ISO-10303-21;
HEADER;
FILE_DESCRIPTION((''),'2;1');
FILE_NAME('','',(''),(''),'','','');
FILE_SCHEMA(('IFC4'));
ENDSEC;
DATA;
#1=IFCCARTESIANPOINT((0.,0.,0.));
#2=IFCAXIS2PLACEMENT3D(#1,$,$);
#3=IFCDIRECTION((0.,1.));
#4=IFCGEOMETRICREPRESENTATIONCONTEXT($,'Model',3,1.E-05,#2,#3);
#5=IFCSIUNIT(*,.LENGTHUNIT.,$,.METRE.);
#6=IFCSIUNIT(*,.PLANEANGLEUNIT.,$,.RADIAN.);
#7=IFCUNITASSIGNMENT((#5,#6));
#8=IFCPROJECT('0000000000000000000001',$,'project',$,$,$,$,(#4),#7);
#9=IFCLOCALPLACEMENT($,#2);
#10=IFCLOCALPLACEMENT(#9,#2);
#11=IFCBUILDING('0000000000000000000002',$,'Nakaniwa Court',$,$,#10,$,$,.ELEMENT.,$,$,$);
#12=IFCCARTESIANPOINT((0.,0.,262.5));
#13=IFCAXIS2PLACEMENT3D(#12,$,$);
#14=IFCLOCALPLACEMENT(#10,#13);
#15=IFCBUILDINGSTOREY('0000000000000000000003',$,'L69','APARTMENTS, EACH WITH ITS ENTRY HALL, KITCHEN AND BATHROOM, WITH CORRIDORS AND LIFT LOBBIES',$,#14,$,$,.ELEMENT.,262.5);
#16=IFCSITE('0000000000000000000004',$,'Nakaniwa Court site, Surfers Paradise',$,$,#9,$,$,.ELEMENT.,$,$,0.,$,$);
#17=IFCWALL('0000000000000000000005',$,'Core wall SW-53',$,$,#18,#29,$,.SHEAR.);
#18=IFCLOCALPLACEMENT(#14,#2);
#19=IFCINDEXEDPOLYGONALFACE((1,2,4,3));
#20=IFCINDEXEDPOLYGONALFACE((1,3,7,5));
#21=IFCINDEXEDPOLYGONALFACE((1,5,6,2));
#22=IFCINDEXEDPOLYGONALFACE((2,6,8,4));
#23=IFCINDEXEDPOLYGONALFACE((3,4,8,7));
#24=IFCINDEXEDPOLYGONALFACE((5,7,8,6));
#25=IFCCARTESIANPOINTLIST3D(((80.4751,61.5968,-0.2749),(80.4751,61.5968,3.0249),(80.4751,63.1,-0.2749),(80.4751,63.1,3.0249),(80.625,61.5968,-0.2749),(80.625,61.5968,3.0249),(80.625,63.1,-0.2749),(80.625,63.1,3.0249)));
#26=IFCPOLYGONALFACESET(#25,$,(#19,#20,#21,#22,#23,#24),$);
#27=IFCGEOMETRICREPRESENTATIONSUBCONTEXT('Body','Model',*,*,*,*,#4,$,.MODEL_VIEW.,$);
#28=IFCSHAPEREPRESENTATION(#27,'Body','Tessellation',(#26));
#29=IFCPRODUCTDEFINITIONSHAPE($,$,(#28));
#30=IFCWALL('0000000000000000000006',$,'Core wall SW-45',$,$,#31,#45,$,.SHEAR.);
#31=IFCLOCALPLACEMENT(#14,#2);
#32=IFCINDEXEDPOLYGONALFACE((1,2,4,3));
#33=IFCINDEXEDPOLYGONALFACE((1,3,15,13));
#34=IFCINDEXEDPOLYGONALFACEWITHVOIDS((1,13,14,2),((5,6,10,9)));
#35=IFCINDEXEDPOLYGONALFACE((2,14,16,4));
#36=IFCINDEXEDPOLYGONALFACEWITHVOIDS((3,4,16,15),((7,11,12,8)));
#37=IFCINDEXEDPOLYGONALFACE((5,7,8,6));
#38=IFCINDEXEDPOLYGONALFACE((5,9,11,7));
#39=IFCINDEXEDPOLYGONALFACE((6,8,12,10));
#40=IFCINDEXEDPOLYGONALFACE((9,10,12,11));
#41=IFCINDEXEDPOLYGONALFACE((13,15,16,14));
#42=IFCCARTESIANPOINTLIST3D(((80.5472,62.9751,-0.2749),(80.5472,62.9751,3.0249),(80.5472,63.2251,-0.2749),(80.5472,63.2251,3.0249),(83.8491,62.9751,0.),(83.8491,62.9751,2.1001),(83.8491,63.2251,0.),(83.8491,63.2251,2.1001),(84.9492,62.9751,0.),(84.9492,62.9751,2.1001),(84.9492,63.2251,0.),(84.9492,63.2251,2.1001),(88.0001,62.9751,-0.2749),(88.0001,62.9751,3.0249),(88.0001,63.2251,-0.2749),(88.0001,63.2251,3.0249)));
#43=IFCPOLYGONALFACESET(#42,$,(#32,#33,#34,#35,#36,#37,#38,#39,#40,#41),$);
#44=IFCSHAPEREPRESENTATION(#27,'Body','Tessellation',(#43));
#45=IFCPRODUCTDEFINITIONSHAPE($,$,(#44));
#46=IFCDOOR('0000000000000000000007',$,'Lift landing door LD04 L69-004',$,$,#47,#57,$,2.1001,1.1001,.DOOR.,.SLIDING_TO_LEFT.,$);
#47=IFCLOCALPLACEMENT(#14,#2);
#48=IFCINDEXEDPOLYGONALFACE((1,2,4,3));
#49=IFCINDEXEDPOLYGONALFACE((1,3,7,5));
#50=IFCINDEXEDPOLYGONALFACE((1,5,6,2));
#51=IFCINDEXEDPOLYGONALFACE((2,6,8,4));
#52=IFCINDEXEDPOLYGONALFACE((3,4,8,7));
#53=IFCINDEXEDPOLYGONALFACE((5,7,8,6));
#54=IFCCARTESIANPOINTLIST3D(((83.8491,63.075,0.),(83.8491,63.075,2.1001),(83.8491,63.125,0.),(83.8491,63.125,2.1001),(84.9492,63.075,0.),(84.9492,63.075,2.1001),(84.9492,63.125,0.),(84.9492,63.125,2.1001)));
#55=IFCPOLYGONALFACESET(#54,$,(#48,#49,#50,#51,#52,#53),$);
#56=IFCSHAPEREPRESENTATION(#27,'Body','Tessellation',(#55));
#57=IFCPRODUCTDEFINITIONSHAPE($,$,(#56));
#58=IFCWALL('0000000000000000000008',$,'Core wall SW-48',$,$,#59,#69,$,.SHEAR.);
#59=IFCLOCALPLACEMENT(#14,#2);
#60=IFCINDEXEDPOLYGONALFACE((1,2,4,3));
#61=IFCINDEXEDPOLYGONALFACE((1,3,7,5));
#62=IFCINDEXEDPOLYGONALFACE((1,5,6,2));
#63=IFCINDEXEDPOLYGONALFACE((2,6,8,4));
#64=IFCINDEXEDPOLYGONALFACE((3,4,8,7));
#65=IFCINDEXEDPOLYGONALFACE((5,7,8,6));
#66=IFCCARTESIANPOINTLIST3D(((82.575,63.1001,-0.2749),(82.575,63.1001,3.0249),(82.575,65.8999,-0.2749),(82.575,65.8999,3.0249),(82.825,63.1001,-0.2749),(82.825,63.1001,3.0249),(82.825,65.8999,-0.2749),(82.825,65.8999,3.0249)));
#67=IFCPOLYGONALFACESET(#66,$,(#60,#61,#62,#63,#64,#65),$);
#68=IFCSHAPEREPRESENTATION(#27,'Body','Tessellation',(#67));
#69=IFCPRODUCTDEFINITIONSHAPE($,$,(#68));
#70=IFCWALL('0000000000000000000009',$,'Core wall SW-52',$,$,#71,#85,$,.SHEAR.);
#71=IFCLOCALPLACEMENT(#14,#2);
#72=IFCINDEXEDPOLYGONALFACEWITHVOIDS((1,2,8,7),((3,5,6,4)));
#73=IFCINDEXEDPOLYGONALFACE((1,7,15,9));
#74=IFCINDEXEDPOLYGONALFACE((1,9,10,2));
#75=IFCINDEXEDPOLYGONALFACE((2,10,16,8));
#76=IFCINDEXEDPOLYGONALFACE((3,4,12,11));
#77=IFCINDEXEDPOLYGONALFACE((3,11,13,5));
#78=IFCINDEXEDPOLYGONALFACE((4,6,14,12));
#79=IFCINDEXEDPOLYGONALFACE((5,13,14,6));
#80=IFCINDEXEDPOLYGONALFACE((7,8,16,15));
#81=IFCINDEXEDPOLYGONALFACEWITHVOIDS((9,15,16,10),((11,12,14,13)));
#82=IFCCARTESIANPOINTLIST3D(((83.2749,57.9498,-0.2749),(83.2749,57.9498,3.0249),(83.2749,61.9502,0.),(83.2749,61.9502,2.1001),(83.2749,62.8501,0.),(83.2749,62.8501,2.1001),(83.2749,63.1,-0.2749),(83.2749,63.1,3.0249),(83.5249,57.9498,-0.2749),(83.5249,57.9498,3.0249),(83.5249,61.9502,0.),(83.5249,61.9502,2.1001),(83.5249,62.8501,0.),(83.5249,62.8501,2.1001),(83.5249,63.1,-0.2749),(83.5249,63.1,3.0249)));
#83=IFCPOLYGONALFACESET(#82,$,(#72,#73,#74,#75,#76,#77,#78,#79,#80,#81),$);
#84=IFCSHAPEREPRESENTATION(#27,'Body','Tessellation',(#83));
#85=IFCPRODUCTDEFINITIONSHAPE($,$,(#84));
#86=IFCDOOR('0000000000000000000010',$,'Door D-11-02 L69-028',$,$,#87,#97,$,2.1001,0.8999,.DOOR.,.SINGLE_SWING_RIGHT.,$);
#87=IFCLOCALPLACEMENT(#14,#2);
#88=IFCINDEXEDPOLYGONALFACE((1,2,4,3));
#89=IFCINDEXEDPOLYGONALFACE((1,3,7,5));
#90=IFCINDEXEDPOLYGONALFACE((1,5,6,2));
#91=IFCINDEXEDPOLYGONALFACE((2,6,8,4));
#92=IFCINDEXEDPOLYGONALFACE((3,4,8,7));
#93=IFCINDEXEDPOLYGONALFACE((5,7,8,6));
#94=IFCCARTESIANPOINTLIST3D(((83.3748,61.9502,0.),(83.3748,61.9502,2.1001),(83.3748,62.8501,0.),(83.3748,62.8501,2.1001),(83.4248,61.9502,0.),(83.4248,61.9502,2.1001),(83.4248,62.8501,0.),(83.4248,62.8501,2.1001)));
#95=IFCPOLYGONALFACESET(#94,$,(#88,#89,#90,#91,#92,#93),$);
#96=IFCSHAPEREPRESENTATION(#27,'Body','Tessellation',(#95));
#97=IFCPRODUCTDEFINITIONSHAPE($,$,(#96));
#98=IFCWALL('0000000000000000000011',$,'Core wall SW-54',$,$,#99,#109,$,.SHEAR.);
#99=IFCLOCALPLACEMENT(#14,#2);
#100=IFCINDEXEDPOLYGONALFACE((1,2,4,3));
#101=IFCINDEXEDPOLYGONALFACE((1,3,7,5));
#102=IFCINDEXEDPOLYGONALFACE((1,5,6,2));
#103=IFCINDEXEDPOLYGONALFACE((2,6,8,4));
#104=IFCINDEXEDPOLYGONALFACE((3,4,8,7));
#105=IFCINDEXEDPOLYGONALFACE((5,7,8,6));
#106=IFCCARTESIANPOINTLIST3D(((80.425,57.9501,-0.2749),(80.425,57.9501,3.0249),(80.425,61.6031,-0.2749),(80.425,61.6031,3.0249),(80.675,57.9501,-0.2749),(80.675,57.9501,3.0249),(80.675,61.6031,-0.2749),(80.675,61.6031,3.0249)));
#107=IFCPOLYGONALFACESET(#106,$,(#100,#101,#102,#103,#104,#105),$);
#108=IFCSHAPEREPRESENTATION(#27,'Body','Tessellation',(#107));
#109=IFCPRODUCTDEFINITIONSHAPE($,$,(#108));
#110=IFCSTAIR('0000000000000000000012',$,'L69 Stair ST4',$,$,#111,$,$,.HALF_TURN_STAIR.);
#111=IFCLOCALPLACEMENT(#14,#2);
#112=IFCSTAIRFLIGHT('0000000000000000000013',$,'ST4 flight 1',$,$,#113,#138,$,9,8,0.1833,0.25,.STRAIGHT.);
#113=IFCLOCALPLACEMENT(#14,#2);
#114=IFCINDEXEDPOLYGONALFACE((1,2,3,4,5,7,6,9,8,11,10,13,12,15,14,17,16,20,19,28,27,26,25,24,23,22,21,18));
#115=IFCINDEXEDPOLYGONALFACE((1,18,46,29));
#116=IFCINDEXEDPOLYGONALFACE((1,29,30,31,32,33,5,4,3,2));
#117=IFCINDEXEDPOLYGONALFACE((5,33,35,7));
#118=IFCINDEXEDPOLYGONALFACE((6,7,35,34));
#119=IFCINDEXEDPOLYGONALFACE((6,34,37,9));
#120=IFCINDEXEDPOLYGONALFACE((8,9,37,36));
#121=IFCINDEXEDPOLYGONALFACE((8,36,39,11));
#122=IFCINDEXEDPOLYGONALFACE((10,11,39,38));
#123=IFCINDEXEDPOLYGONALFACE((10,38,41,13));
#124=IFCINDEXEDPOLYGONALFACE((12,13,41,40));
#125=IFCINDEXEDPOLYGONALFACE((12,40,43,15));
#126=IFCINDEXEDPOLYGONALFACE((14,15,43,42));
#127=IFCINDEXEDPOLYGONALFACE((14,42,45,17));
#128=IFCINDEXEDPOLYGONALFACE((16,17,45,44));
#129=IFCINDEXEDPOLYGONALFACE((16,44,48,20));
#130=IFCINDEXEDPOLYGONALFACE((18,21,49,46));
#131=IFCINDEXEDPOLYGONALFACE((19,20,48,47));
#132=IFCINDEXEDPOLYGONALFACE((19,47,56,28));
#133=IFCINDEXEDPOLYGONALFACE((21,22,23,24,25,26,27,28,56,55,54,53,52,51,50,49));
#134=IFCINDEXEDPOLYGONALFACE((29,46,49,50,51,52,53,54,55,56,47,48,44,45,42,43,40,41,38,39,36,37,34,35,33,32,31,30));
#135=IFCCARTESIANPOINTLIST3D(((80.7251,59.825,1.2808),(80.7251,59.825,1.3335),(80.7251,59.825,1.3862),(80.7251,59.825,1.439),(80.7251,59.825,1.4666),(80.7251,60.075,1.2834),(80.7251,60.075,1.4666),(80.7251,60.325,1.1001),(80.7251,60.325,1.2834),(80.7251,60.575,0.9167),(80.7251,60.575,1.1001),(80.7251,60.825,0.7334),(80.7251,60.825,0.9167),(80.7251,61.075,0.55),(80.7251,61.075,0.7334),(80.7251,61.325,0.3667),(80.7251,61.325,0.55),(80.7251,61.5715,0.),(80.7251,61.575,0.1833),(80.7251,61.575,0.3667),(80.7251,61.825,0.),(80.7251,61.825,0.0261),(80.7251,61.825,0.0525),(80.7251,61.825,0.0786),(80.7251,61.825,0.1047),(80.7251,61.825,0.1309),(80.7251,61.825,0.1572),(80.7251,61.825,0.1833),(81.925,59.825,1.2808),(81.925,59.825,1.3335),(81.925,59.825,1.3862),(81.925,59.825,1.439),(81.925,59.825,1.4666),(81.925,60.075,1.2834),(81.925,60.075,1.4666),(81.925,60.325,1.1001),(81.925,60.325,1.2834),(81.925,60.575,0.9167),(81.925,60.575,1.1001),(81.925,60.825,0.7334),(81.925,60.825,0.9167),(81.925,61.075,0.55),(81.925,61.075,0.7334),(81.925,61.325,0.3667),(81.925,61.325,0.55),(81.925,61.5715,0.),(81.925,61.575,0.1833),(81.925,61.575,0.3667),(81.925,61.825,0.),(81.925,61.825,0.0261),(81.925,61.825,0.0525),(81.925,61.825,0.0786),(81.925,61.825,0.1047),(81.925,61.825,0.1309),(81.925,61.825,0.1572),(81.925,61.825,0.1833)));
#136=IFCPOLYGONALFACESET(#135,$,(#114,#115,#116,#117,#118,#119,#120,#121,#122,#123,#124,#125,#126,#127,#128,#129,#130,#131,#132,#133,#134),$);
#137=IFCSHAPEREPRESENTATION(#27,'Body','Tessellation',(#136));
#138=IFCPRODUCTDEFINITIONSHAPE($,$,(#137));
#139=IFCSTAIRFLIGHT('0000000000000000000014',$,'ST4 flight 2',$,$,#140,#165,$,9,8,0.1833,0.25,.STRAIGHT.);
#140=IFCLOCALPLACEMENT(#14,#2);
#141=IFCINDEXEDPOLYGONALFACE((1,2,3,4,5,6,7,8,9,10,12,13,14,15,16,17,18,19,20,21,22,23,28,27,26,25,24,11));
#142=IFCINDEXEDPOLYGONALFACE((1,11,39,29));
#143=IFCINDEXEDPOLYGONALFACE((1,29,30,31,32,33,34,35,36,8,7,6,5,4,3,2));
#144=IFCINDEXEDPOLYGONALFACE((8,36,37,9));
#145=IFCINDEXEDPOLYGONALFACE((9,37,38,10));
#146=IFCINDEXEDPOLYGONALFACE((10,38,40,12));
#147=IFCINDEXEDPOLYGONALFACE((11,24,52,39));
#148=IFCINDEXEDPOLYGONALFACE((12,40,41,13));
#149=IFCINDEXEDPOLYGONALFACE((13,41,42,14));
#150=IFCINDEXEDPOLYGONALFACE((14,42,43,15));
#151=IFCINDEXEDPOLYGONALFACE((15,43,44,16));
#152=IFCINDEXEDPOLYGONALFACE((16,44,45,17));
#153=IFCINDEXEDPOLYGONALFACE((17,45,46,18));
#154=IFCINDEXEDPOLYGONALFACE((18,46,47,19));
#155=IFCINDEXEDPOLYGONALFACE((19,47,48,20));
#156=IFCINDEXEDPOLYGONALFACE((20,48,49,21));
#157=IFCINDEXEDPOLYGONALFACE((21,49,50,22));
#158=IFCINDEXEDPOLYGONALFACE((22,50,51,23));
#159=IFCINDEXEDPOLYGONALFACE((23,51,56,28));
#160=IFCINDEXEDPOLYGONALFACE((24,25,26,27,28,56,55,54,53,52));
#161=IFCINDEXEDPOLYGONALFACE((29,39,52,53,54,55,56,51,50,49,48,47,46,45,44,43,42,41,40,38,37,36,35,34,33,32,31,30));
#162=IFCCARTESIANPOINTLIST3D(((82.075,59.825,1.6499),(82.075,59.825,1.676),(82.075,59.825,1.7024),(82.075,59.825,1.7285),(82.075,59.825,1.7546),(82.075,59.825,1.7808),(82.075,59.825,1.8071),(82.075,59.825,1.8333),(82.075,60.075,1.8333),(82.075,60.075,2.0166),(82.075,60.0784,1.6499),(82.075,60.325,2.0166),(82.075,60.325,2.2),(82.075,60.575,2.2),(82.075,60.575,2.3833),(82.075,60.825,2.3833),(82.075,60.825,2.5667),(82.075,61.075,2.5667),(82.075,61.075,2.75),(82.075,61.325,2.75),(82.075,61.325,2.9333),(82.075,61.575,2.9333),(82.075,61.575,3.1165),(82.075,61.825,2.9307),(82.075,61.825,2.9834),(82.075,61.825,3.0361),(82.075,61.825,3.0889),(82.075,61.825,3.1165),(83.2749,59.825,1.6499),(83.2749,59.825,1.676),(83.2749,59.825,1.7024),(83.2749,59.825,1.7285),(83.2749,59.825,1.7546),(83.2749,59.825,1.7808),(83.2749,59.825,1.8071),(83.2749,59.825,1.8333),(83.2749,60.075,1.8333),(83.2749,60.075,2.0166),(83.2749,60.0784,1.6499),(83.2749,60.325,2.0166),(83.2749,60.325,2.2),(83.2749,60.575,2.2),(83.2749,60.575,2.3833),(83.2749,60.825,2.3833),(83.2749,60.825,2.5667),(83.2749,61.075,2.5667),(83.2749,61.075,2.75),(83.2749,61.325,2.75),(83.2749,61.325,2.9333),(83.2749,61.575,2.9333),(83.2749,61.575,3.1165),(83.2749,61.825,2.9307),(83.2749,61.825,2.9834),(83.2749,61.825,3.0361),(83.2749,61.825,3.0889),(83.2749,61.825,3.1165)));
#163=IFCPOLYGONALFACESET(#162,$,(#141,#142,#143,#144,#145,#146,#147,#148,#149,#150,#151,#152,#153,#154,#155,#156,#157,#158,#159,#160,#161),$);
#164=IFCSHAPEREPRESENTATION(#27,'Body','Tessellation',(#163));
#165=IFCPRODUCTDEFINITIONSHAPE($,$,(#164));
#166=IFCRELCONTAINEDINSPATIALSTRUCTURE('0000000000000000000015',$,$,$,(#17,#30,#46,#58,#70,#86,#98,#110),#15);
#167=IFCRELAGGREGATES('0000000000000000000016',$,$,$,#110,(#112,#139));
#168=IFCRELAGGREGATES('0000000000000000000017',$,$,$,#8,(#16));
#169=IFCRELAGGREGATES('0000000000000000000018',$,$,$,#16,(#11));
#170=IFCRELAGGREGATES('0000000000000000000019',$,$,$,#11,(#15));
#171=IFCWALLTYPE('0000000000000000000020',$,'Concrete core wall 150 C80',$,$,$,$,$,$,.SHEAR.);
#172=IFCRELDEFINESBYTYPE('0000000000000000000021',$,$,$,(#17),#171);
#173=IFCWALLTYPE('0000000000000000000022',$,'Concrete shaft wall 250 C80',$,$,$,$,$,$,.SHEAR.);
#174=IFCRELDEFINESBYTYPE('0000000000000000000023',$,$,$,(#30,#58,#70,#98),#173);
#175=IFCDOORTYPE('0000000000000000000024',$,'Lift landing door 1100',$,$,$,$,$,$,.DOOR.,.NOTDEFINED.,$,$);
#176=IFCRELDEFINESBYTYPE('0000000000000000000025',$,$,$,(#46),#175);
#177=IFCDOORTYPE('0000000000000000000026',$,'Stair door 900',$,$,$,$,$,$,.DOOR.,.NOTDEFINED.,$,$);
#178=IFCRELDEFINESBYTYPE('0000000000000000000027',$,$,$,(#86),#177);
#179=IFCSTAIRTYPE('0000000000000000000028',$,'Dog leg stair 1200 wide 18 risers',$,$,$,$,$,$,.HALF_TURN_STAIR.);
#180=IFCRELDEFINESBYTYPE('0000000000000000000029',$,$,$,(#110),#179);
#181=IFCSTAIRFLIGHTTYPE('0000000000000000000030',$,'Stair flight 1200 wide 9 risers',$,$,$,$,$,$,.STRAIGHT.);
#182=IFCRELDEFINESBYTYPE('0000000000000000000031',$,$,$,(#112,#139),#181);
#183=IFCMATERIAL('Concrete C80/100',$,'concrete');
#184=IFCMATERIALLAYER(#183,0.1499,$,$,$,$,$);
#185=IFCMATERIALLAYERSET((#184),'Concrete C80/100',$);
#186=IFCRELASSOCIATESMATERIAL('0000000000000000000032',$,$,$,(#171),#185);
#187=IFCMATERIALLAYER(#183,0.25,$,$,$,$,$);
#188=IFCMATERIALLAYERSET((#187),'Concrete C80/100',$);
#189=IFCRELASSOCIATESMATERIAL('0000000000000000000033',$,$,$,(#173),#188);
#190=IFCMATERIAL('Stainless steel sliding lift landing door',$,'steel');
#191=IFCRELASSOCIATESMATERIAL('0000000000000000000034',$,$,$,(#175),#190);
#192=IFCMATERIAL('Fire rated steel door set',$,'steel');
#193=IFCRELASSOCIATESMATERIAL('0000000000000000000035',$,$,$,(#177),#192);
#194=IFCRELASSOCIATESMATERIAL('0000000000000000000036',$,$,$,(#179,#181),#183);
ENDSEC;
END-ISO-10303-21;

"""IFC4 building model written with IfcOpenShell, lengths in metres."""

from ifc_helpers import new_model, si_unit, direction, frame, frame_2d, origin, place, context, subcontext, project, spatial, polyline, rectangle, outline, extrude, material, layer, layer_set, type_object, element, fill, aggregate, save


model = new_model("IFC4")

# Units and contexts
model_context = context("Model", 3, precision=1e-05, world=origin(), true_north=direction((0.0, 1.0)))
body_context = subcontext(model_context, "Body", "Model", "MODEL_VIEW")
ifc_project = project(units=[si_unit("LENGTHUNIT", "METRE"), si_unit("PLANEANGLEUNIT", "RADIAN")], contexts=[model_context])

# Site, building, storey
site_placement = place(None, origin())
site = spatial("IfcSite", under=ifc_project, at=site_placement, Name="Nakaniwa Court site, Surfers Paradise", CompositionType="ELEMENT", RefElevation=0.0)
building_placement = place(site_placement, origin())
building = spatial("IfcBuilding", under=site, at=building_placement, Name="Nakaniwa Court", CompositionType="ELEMENT")
storey_placement = place(building_placement, frame((0.0, 0.0, 262.5)))
storey = spatial("IfcBuildingStorey", under=building, at=storey_placement, Name="L69", Description="APARTMENTS, EACH WITH ITS ENTRY HALL, KITCHEN AND BATHROOM, WITH CORRIDORS AND LIFT LOBBIES", CompositionType="ELEMENT", Elevation=262.5)

# Shared definitions
ifc_material_1 = material(Name="Concrete C80/100", Category="concrete")

# Shared definitions
ifc_material_2 = material(Name="Fire rated steel door set", Category="steel")

# Wall
ifc_layer_1 = layer(ifc_material_1, 0.1499)
ifc_layer_set_1 = layer_set([ifc_layer_1], Name="Concrete C80/100")
wall_type_1 = type_object("IfcWallType", Name="Concrete core wall 150 C80", PredefinedType="SHEAR", material=ifc_layer_set_1)
wall_1_placement = place(storey_placement, frame((80.55, 61.5969, -0.2749), z_axis=(0.0, 0.0, 1.0), x_axis=(0.0, 1.0, 0.0)))
element("IfcWall", 1, at=wall_1_placement, inside=storey, type_object=wall_type_1, Name="Core wall SW-53", PredefinedType="SHEAR", context=body_context, shape_type="SweptSolid", body=[
    extrude(rectangle(XDim=1.5032, YDim=0.1499, at=frame_2d((0.7515, 0.0))), origin(), (0.0, 0.0, 1.0), 3.2998),
])

# Wall, opening, door
ifc_layer_2 = layer(ifc_material_1, 0.25)
ifc_layer_set_2 = layer_set([ifc_layer_2], Name="Concrete C80/100")
wall_type_2 = type_object("IfcWallType", Name="Concrete shaft wall 250 C80", PredefinedType="SHEAR", material=ifc_layer_set_2)
wall_2_placement = place(storey_placement, frame((80.5471, 63.1001, -0.2749), z_axis=(0.0, 0.0, 1.0), x_axis=(1.0, 0.0, 0.0)))
wall_2 = element("IfcWall", 2, at=wall_2_placement, inside=storey, type_object=wall_type_2, Name="Core wall SW-45", PredefinedType="SHEAR", context=body_context, shape_type="SweptSolid", body=[
    extrude(rectangle(XDim=7.4529, YDim=0.25, at=frame_2d((3.7266, 0.0))), origin(), (0.0, 0.0, 1.0), 3.2998),
])
opening_1_placement = place(wall_2_placement, frame((3.302, 0.0, 0.2749)))
opening_1 = element("IfcOpeningElement", 3, at=opening_1_placement, cuts=wall_2, PredefinedType="OPENING", context=body_context, shape_type="SweptSolid", body=[
    extrude(rectangle(XDim=1.1001, YDim=2.1001, at=frame_2d((0.55, 1.05))), frame((0.0, 0.135, 0.0), z_axis=(0.0, -1.0, 0.0), x_axis=(1.0, 0.0, 0.0)), (0.0, 0.0, 1.0), 0.27),
])
ifc_material_3 = material(Name="Stainless steel sliding lift landing door", Category="steel")
door_type_1 = type_object("IfcDoorType", Name="Lift landing door 1100", OperationType="NOTDEFINED", PredefinedType="DOOR", material=ifc_material_3)
door_1_placement = place(opening_1_placement, origin())
door_1 = element("IfcDoor", 4, at=door_1_placement, inside=storey, type_object=door_type_1, Name="Lift landing door LD04 L69-004", OperationType="SLIDING_TO_LEFT", OverallHeight=2.1001, OverallWidth=1.1001, PredefinedType="DOOR", context=body_context, shape_type="SweptSolid", body=[
    extrude(rectangle(XDim=1.1001, YDim=2.1001, at=frame_2d((0.55, 1.05))), frame((0.0, 0.0249, 0.0), z_axis=(0.0, -1.0, 0.0), x_axis=(1.0, 0.0, 0.0)), (0.0, 0.0, 1.0), 0.05),
])
fill(opening_1, door_1)

# Wall
wall_3_placement = place(storey_placement, frame((82.7, 63.1001, -0.2749), z_axis=(0.0, 0.0, 1.0), x_axis=(0.0, 1.0, 0.0)))
element("IfcWall", 5, at=wall_3_placement, inside=storey, type_object=wall_type_2, Name="Core wall SW-48", PredefinedType="SHEAR", context=body_context, shape_type="SweptSolid", body=[
    extrude(rectangle(XDim=2.7998, YDim=0.25, at=frame_2d((1.3999, 0.0))), origin(), (0.0, 0.0, 1.0), 3.2998),
])

# Wall, opening, door
wall_4_placement = place(storey_placement, frame((83.3999, 63.1001, -0.2749), z_axis=(0.0, 0.0, 1.0), x_axis=(0.0, -1.0, 0.0)))
wall_4 = element("IfcWall", 6, at=wall_4_placement, inside=storey, type_object=wall_type_2, Name="Core wall SW-52", PredefinedType="SHEAR", context=body_context, shape_type="SweptSolid", body=[
    extrude(rectangle(XDim=5.1501, YDim=0.25, at=frame_2d((2.5752, 0.0))), origin(), (0.0, 0.0, 1.0), 3.2998),
])
opening_2_placement = place(wall_4_placement, frame((0.25, 0.0, 0.2749)))
opening_2 = element("IfcOpeningElement", 7, at=opening_2_placement, cuts=wall_4, PredefinedType="OPENING", context=body_context, shape_type="SweptSolid", body=[
    extrude(rectangle(XDim=0.8999, YDim=2.1001, at=frame_2d((0.45, 1.05))), frame((0.0, 0.135, 0.0), z_axis=(0.0, -1.0, 0.0), x_axis=(1.0, 0.0, 0.0)), (0.0, 0.0, 1.0), 0.27),
])
door_type_2 = type_object("IfcDoorType", Name="Stair door 900", OperationType="NOTDEFINED", PredefinedType="DOOR", material=ifc_material_2)
door_2_placement = place(opening_2_placement, origin())
door_2 = element("IfcDoor", 8, at=door_2_placement, inside=storey, type_object=door_type_2, Name="Door D-11-02 L69-028", OperationType="SINGLE_SWING_RIGHT", OverallHeight=2.1001, OverallWidth=0.8999, PredefinedType="DOOR", context=body_context, shape_type="SweptSolid", body=[
    extrude(rectangle(XDim=0.8999, YDim=2.1001, at=frame_2d((0.45, 1.05))), frame((0.0, 0.0249, 0.0), z_axis=(0.0, -1.0, 0.0), x_axis=(1.0, 0.0, 0.0)), (0.0, 0.0, 1.0), 0.05),
])
fill(opening_2, door_2)

# Wall
wall_5_placement = place(storey_placement, frame((80.55, 57.95, -0.2749), z_axis=(0.0, 0.0, 1.0), x_axis=(0.0, 1.0, 0.0)))
element("IfcWall", 9, at=wall_5_placement, inside=storey, type_object=wall_type_2, Name="Core wall SW-54", PredefinedType="SHEAR", context=body_context, shape_type="SweptSolid", body=[
    extrude(rectangle(XDim=3.6531, YDim=0.25, at=frame_2d((1.8267, 0.0))), origin(), (0.0, 0.0, 1.0), 3.2998),
])

# Stair, stair flights
stair_type = type_object("IfcStairType", Name="Dog leg stair 1200 wide 18 risers", PredefinedType="HALF_TURN_STAIR", material=ifc_material_1)
stair_placement = place(storey_placement, origin())
stair = element("IfcStair", 10, at=stair_placement, inside=storey, type_object=stair_type, Name="L69 Stair ST4", PredefinedType="HALF_TURN_STAIR")
stair_flight_type = type_object("IfcStairFlightType", Name="Stair flight 1200 wide 9 risers", PredefinedType="STRAIGHT", material=ifc_material_1)
stair_flight_1_placement = place(storey_placement, frame((81.325, 61.825, 0.0), z_axis=(0.0, 0.0, 1.0), x_axis=(0.0, -1.0, 0.0)))
stair_flight_1 = element("IfcStairFlight", 11, at=stair_flight_1_placement, type_object=stair_flight_type, Name="ST4 flight 1", NumberOfRisers=9, NumberOfTreads=8, PredefinedType="STRAIGHT", RiserHeight=0.1833, TreadLength=0.25, context=body_context, shape_type="SweptSolid", body=[
    extrude(outline(polyline([(0.0, 0.0), (0.0, 0.0261), (0.0, 0.0525), (0.0, 0.0786), (0.0, 0.1047), (0.0, 0.1309), (0.0, 0.1572), (0.0, 0.1833), (0.25, 0.1833), (0.25, 0.3667), (0.5, 0.3667), (0.5, 0.55), (0.75, 0.55), (0.75, 0.7334), (1.0, 0.7334), (1.0, 0.9167), (1.25, 0.9167), (1.25, 1.1001), (1.5, 1.1001), (1.5, 1.2834), (1.75, 1.2834), (1.75, 1.4666), (2.0, 1.4666), (2.0, 1.6499), (2.0, 1.5972), (2.0, 1.5444), (2.0, 1.4917), (2.0, 1.439), (2.0, 1.3862), (2.0, 1.3335), (2.0, 1.2808), (0.2534, 0.0), (0.0, 0.0)])), frame((0.0, 0.6001, 0.0), z_axis=(0.0, -1.0, 0.0), x_axis=(1.0, 0.0, 0.0)), (0.0, 0.0, 1.0), 1.2),
])
stair_flight_2_placement = place(storey_placement, frame((82.675, 59.825, 1.6499), z_axis=(0.0, 0.0, 1.0), x_axis=(0.0, 1.0, 0.0)))
stair_flight_2 = element("IfcStairFlight", 12, at=stair_flight_2_placement, type_object=stair_flight_type, Name="ST4 flight 2", NumberOfRisers=9, NumberOfTreads=8, PredefinedType="STRAIGHT", RiserHeight=0.1833, TreadLength=0.25, context=body_context, shape_type="SweptSolid", body=[
    extrude(outline(polyline([(0.0, 0.0), (0.0, 0.0261), (0.0, 0.0525), (0.0, 0.0786), (0.0, 0.1047), (0.0, 0.1309), (0.0, 0.1572), (0.0, 0.1833), (0.25, 0.1833), (0.25, 0.3667), (0.5, 0.3667), (0.5, 0.55), (0.75, 0.55), (0.75, 0.7334), (1.0, 0.7334), (1.0, 0.9167), (1.25, 0.9167), (1.25, 1.1001), (1.5, 1.1001), (1.5, 1.2834), (1.75, 1.2834), (1.75, 1.4666), (2.0, 1.4666), (2.0, 1.6499), (2.0, 1.5972), (2.0, 1.5444), (2.0, 1.4917), (2.0, 1.439), (2.0, 1.3862), (2.0, 1.3335), (2.0, 1.2808), (0.2534, 0.0), (0.0, 0.0)])), frame((0.0, 0.6001, 0.0), z_axis=(0.0, -1.0, 0.0), x_axis=(1.0, 0.0, 0.0)), (0.0, 0.0, 1.0), 1.2),
])
aggregate(stair, [stair_flight_1, stair_flight_2])

save(model, "model.ifc")
